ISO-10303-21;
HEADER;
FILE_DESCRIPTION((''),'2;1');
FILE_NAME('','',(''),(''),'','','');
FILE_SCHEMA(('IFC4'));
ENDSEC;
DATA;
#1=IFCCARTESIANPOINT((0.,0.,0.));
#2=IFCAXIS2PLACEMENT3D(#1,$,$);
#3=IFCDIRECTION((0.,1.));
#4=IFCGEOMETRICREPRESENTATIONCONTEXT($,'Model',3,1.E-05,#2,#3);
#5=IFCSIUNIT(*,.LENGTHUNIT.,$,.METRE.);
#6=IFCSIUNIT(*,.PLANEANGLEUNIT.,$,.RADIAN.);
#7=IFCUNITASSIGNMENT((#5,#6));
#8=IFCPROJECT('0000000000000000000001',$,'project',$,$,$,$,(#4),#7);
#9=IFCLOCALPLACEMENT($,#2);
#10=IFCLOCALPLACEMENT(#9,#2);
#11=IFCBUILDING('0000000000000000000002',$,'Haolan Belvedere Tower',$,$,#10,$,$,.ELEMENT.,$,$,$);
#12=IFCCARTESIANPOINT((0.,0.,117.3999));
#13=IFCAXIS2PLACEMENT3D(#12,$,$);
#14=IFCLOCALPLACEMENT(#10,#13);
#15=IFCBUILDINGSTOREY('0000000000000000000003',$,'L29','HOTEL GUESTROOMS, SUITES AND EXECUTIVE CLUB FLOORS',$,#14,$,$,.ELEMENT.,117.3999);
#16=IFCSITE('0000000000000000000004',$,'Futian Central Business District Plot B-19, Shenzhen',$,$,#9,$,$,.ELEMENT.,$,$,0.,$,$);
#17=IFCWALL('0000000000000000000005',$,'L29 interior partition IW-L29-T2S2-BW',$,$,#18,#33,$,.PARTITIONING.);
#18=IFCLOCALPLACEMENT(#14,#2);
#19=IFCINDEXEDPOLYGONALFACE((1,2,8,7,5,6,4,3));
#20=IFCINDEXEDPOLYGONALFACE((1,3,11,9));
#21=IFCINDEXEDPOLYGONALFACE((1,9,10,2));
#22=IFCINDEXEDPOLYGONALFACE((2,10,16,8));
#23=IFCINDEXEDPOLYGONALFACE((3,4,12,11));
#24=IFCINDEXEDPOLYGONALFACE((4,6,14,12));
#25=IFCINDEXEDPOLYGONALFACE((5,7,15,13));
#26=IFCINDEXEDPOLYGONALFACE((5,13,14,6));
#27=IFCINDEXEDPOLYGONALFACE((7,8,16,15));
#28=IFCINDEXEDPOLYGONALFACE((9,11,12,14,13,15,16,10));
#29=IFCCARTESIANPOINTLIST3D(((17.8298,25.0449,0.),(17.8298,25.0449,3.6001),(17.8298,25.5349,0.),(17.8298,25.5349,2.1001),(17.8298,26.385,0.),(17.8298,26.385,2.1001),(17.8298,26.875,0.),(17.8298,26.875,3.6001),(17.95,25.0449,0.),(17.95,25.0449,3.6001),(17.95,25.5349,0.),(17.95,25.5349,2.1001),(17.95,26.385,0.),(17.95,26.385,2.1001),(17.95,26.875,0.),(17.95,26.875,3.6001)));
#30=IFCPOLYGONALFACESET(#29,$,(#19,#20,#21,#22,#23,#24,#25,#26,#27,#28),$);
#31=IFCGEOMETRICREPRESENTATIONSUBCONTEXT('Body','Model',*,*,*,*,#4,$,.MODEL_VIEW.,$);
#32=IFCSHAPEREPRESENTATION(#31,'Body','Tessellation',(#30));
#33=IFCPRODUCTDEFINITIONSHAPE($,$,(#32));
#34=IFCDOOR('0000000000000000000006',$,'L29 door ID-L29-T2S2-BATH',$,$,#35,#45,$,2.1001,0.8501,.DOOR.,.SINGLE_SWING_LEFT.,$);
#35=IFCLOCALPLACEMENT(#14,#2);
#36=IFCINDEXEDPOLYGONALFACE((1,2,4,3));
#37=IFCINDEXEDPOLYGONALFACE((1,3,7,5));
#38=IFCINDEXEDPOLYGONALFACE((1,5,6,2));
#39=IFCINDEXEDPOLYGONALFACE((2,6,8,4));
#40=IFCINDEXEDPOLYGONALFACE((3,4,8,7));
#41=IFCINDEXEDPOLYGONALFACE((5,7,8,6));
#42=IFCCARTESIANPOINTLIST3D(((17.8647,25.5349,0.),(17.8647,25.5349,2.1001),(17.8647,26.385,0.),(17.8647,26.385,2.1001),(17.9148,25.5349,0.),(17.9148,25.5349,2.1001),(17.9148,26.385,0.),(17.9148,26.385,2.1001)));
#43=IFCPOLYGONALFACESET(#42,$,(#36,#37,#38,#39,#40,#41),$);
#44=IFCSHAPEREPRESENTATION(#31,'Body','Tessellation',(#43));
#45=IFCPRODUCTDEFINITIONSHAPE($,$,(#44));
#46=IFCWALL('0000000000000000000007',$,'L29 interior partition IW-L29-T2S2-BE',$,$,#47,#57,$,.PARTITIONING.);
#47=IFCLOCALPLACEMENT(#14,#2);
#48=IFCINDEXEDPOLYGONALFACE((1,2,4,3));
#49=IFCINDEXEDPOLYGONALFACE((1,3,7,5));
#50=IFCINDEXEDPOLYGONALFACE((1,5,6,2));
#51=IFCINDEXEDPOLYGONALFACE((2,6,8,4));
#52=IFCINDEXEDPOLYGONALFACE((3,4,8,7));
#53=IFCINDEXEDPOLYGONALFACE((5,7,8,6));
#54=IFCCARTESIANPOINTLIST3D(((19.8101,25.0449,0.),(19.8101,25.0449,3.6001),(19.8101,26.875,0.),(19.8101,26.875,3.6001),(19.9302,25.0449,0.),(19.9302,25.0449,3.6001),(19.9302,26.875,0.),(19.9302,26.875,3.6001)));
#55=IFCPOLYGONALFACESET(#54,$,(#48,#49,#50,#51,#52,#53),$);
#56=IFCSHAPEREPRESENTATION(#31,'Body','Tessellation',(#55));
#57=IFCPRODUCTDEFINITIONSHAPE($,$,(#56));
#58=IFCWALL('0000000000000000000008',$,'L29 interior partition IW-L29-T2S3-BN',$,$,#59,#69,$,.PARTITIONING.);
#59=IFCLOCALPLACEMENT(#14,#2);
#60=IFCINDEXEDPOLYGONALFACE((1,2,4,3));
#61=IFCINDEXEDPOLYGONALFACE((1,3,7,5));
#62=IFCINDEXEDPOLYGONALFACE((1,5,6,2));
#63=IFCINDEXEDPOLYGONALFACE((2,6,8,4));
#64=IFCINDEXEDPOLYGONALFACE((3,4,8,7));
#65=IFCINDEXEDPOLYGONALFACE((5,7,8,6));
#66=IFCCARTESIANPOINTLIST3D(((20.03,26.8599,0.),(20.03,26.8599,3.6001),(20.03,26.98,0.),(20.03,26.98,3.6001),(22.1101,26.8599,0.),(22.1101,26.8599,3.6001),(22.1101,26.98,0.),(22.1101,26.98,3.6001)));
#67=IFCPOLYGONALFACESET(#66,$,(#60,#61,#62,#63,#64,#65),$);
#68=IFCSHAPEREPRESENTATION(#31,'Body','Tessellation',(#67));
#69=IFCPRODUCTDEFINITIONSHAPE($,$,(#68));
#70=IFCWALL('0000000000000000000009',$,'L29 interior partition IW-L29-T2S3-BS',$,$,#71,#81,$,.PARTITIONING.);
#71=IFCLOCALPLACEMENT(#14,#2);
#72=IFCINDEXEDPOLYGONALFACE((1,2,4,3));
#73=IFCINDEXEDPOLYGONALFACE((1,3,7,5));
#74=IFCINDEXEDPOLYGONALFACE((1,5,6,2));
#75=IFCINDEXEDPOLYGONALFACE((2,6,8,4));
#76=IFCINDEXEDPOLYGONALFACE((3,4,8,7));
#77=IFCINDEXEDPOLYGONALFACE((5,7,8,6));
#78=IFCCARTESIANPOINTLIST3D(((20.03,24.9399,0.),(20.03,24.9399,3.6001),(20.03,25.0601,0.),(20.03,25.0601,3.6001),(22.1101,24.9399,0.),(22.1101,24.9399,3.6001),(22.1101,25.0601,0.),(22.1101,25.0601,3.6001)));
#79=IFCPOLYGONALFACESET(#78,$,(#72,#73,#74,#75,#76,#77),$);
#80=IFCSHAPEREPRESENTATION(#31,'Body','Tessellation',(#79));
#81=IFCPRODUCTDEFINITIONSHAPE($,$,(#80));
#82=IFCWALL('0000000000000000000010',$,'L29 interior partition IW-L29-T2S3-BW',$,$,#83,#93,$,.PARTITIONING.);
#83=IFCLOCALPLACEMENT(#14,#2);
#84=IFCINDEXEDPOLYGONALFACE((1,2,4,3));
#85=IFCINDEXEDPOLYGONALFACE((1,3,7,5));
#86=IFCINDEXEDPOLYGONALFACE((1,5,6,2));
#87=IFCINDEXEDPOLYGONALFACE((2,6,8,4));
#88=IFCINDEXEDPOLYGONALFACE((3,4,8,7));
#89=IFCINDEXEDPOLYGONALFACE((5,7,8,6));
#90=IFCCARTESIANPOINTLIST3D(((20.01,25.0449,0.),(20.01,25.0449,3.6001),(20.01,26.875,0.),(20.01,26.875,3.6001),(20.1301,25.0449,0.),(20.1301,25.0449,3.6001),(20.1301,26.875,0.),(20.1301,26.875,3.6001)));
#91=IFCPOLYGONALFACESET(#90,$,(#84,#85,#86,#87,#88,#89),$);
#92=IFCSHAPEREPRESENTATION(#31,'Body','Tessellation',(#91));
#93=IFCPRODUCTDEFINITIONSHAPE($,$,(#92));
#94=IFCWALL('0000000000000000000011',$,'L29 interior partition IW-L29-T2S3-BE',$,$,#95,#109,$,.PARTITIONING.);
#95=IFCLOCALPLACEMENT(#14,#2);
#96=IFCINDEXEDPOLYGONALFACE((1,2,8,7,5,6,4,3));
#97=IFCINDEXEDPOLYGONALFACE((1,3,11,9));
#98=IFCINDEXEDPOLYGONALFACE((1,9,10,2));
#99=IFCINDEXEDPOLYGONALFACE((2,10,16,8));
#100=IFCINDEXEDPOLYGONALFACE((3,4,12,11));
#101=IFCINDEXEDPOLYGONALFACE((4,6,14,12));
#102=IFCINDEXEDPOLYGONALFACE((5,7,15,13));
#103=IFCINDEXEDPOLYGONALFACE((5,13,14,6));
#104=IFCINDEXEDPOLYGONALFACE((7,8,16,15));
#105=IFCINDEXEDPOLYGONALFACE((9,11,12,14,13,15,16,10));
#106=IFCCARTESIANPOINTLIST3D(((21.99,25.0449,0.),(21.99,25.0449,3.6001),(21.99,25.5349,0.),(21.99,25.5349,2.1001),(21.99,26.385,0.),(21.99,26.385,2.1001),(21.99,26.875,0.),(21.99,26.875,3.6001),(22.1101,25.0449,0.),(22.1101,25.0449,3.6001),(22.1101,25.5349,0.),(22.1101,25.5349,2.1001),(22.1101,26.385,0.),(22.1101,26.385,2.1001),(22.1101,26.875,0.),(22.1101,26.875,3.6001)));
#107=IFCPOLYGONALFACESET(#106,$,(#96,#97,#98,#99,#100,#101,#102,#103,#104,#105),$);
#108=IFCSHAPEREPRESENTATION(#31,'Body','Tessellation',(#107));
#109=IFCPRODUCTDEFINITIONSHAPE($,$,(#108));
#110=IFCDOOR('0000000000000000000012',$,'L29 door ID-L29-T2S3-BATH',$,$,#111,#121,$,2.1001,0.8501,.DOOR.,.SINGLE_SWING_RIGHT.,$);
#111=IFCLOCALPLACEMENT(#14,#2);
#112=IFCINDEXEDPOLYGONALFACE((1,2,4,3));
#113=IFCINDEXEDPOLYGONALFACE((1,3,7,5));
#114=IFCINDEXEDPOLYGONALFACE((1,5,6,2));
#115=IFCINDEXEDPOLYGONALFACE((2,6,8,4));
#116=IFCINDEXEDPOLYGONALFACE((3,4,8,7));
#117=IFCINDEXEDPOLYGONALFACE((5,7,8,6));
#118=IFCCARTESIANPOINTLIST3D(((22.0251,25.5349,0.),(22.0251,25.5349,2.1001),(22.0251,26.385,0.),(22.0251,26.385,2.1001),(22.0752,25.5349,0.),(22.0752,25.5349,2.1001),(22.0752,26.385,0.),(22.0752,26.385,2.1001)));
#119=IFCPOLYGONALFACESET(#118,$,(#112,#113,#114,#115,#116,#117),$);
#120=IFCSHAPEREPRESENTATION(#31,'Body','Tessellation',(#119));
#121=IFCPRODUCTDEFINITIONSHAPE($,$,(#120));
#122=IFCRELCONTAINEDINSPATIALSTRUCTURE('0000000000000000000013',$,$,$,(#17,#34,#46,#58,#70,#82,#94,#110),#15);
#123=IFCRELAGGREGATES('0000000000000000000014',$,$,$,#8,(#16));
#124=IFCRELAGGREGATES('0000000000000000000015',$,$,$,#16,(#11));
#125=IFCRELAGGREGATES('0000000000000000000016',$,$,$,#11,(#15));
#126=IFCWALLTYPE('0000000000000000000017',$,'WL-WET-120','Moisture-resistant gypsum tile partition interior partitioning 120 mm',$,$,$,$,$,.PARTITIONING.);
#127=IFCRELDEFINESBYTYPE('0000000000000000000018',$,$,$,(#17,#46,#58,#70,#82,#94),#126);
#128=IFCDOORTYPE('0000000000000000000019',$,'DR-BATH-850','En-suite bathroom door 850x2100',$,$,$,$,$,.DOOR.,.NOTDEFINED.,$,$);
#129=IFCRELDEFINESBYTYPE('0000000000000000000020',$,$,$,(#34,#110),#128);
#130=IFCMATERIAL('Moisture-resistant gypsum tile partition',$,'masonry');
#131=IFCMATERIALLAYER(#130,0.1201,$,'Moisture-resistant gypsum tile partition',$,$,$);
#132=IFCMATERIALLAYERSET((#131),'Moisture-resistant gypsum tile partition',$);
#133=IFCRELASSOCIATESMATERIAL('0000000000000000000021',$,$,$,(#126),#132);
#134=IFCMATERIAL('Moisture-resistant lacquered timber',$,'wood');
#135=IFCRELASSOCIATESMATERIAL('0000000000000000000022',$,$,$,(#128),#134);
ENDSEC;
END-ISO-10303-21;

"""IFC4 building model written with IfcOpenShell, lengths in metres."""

from ifc_helpers import new_model, si_unit, direction, frame, frame_2d, origin, place, context, subcontext, project, spatial, rectangle, extrude, material, layer, layer_set, type_object, element, fill, save


model = new_model("IFC4")

# Units and contexts
model_context = context("Model", 3, precision=1e-05, world=origin(), true_north=direction((0.0, 1.0)))
body_context = subcontext(model_context, "Body", "Model", "MODEL_VIEW")
ifc_project = project(units=[si_unit("LENGTHUNIT", "METRE"), si_unit("PLANEANGLEUNIT", "RADIAN")], contexts=[model_context])

# Site, building, storey
site_placement = place(None, origin())
site = spatial("IfcSite", under=ifc_project, at=site_placement, Name="Futian Central Business District Plot B-19, Shenzhen", CompositionType="ELEMENT", RefElevation=0.0)
building_placement = place(site_placement, origin())
building = spatial("IfcBuilding", under=site, at=building_placement, Name="Haolan Belvedere Tower", CompositionType="ELEMENT")
storey_placement = place(building_placement, frame((0.0, 0.0, 117.3999)))
storey = spatial("IfcBuildingStorey", under=building, at=storey_placement, Name="L29", Description="HOTEL GUESTROOMS, SUITES AND EXECUTIVE CLUB FLOORS", CompositionType="ELEMENT", Elevation=117.3999)

# Shared definitions
ifc_material_1 = material(Name="Moisture-resistant gypsum tile partition", Category="masonry")
ifc_layer_1 = layer(ifc_material_1, 0.1201, Name="Moisture-resistant gypsum tile partition")
ifc_layer_set_1 = layer_set([ifc_layer_1], Name="Moisture-resistant gypsum tile partition")
wall_type_1 = type_object("IfcWallType", Name="WL-WET-120", Description="Moisture-resistant gypsum tile partition interior partitioning 120 mm", PredefinedType="PARTITIONING", material=ifc_layer_set_1)

# Wall, opening, door
wall_1_placement = place(storey_placement, frame((17.8899, 25.0449, 0.0), z_axis=(0.0, 0.0, 1.0), x_axis=(0.0, 1.0, 0.0)))
wall_1 = element("IfcWall", 1, at=wall_1_placement, inside=storey, type_object=wall_type_1, Name="L29 interior partition IW-L29-T2S2-BW", PredefinedType="PARTITIONING", context=body_context, shape_type="SweptSolid", body=[
    extrude(rectangle(XDim=1.8301, YDim=0.1201, at=frame_2d((0.915, 0.0))), origin(), (0.0, 0.0, 1.0), 3.6001),
])
opening_1_placement = place(wall_1_placement, frame((1.3401, 0.0, 0.0), z_axis=(0.0, 0.0, 1.0), x_axis=(-1.0, 0.0, 0.0)))
opening_1 = element("IfcOpeningElement", 2, at=opening_1_placement, cuts=wall_1, PredefinedType="OPENING", context=body_context, shape_type="SweptSolid", body=[
    extrude(rectangle(XDim=0.8501, YDim=2.1001, at=frame_2d((0.425, 1.05))), frame((0.0, 0.0701, 0.0), z_axis=(0.0, -1.0, 0.0), x_axis=(1.0, 0.0, 0.0)), (0.0, 0.0, 1.0), 0.1401),
])
ifc_material_2 = material(Name="Moisture-resistant lacquered timber", Category="wood")
door_type_1 = type_object("IfcDoorType", Name="DR-BATH-850", Description="En-suite bathroom door 850x2100", OperationType="NOTDEFINED", PredefinedType="DOOR", material=ifc_material_2)
door_1_placement = place(opening_1_placement, origin())
door_1 = element("IfcDoor", 3, at=door_1_placement, inside=storey, type_object=door_type_1, Name="L29 door ID-L29-T2S2-BATH", OperationType="SINGLE_SWING_LEFT", OverallHeight=2.1001, OverallWidth=0.8501, PredefinedType="DOOR", context=body_context, shape_type="SweptSolid", body=[
    extrude(rectangle(XDim=0.8501, YDim=2.1001, at=frame_2d((0.425, 1.05))), frame((0.0, 0.0249, 0.0), z_axis=(0.0, -1.0, 0.0), x_axis=(1.0, 0.0, 0.0)), (0.0, 0.0, 1.0), 0.05),
])
fill(opening_1, door_1)

# Walls
wall_2_placement = place(storey_placement, frame((19.8701, 25.0449, 0.0), z_axis=(0.0, 0.0, 1.0), x_axis=(0.0, 1.0, 0.0)))
element("IfcWall", 4, at=wall_2_placement, inside=storey, type_object=wall_type_1, Name="L29 interior partition IW-L29-T2S2-BE", PredefinedType="PARTITIONING", context=body_context, shape_type="SweptSolid", body=[
    extrude(rectangle(XDim=1.8301, YDim=0.1201, at=frame_2d((0.915, 0.0))), origin(), (0.0, 0.0, 1.0), 3.6001),
])
for number, where, z_axis, x_axis, name in (
    (5, (20.03, 26.9199, 0.0), (0.0, 0.0, 1.0), (1.0, 0.0, 0.0), "L29 interior partition IW-L29-T2S3-BN"),
    (6, (20.03, 25.0, 0.0), (0.0, 0.0, 1.0), (1.0, 0.0, 0.0), "L29 interior partition IW-L29-T2S3-BS"),
):
    element("IfcWall", number, at=place(storey_placement, frame(where, z_axis=z_axis, x_axis=x_axis)), inside=storey, type_object=wall_type_1, Name=name, PredefinedType="PARTITIONING", context=body_context, shape_type="SweptSolid", body=[
        extrude(rectangle(XDim=2.0801, YDim=0.1201, at=frame_2d((1.04, 0.0))), origin(), (0.0, 0.0, 1.0), 3.6001),
    ])
wall_3_placement = place(storey_placement, frame((20.0701, 25.0449, 0.0), z_axis=(0.0, 0.0, 1.0), x_axis=(0.0, 1.0, 0.0)))
element("IfcWall", 7, at=wall_3_placement, inside=storey, type_object=wall_type_1, Name="L29 interior partition IW-L29-T2S3-BW", PredefinedType="PARTITIONING", context=body_context, shape_type="SweptSolid", body=[
    extrude(rectangle(XDim=1.8301, YDim=0.1201, at=frame_2d((0.915, 0.0))), origin(), (0.0, 0.0, 1.0), 3.6001),
])

# Wall, opening, door
wall_4_placement = place(storey_placement, frame((22.05, 25.0449, 0.0), z_axis=(0.0, 0.0, 1.0), x_axis=(0.0, 1.0, 0.0)))
wall_4 = element("IfcWall", 8, at=wall_4_placement, inside=storey, type_object=wall_type_1, Name="L29 interior partition IW-L29-T2S3-BE", PredefinedType="PARTITIONING", context=body_context, shape_type="SweptSolid", body=[
    extrude(rectangle(XDim=1.8301, YDim=0.1201, at=frame_2d((0.915, 0.0))), origin(), (0.0, 0.0, 1.0), 3.6001),
])
opening_2_placement = place(wall_4_placement, frame((0.49, 0.0, 0.0)))
opening_2 = element("IfcOpeningElement", 9, at=opening_2_placement, cuts=wall_4, PredefinedType="OPENING", context=body_context, shape_type="SweptSolid", body=[
    extrude(rectangle(XDim=0.8501, YDim=2.1001, at=frame_2d((0.425, 1.05))), frame((0.0, 0.0701, 0.0), z_axis=(0.0, -1.0, 0.0), x_axis=(1.0, 0.0, 0.0)), (0.0, 0.0, 1.0), 0.1401),
])
door_2_placement = place(opening_2_placement, origin())
door_2 = element("IfcDoor", 10, at=door_2_placement, inside=storey, type_object=door_type_1, Name="L29 door ID-L29-T2S3-BATH", OperationType="SINGLE_SWING_RIGHT", OverallHeight=2.1001, OverallWidth=0.8501, PredefinedType="DOOR", context=body_context, shape_type="SweptSolid", body=[
    extrude(rectangle(XDim=0.8501, YDim=2.1001, at=frame_2d((0.425, 1.05))), frame((0.0, 0.0249, 0.0), z_axis=(0.0, -1.0, 0.0), x_axis=(1.0, 0.0, 0.0)), (0.0, 0.0, 1.0), 0.05),
])
fill(opening_2, door_2)

save(model, "model.ifc")
